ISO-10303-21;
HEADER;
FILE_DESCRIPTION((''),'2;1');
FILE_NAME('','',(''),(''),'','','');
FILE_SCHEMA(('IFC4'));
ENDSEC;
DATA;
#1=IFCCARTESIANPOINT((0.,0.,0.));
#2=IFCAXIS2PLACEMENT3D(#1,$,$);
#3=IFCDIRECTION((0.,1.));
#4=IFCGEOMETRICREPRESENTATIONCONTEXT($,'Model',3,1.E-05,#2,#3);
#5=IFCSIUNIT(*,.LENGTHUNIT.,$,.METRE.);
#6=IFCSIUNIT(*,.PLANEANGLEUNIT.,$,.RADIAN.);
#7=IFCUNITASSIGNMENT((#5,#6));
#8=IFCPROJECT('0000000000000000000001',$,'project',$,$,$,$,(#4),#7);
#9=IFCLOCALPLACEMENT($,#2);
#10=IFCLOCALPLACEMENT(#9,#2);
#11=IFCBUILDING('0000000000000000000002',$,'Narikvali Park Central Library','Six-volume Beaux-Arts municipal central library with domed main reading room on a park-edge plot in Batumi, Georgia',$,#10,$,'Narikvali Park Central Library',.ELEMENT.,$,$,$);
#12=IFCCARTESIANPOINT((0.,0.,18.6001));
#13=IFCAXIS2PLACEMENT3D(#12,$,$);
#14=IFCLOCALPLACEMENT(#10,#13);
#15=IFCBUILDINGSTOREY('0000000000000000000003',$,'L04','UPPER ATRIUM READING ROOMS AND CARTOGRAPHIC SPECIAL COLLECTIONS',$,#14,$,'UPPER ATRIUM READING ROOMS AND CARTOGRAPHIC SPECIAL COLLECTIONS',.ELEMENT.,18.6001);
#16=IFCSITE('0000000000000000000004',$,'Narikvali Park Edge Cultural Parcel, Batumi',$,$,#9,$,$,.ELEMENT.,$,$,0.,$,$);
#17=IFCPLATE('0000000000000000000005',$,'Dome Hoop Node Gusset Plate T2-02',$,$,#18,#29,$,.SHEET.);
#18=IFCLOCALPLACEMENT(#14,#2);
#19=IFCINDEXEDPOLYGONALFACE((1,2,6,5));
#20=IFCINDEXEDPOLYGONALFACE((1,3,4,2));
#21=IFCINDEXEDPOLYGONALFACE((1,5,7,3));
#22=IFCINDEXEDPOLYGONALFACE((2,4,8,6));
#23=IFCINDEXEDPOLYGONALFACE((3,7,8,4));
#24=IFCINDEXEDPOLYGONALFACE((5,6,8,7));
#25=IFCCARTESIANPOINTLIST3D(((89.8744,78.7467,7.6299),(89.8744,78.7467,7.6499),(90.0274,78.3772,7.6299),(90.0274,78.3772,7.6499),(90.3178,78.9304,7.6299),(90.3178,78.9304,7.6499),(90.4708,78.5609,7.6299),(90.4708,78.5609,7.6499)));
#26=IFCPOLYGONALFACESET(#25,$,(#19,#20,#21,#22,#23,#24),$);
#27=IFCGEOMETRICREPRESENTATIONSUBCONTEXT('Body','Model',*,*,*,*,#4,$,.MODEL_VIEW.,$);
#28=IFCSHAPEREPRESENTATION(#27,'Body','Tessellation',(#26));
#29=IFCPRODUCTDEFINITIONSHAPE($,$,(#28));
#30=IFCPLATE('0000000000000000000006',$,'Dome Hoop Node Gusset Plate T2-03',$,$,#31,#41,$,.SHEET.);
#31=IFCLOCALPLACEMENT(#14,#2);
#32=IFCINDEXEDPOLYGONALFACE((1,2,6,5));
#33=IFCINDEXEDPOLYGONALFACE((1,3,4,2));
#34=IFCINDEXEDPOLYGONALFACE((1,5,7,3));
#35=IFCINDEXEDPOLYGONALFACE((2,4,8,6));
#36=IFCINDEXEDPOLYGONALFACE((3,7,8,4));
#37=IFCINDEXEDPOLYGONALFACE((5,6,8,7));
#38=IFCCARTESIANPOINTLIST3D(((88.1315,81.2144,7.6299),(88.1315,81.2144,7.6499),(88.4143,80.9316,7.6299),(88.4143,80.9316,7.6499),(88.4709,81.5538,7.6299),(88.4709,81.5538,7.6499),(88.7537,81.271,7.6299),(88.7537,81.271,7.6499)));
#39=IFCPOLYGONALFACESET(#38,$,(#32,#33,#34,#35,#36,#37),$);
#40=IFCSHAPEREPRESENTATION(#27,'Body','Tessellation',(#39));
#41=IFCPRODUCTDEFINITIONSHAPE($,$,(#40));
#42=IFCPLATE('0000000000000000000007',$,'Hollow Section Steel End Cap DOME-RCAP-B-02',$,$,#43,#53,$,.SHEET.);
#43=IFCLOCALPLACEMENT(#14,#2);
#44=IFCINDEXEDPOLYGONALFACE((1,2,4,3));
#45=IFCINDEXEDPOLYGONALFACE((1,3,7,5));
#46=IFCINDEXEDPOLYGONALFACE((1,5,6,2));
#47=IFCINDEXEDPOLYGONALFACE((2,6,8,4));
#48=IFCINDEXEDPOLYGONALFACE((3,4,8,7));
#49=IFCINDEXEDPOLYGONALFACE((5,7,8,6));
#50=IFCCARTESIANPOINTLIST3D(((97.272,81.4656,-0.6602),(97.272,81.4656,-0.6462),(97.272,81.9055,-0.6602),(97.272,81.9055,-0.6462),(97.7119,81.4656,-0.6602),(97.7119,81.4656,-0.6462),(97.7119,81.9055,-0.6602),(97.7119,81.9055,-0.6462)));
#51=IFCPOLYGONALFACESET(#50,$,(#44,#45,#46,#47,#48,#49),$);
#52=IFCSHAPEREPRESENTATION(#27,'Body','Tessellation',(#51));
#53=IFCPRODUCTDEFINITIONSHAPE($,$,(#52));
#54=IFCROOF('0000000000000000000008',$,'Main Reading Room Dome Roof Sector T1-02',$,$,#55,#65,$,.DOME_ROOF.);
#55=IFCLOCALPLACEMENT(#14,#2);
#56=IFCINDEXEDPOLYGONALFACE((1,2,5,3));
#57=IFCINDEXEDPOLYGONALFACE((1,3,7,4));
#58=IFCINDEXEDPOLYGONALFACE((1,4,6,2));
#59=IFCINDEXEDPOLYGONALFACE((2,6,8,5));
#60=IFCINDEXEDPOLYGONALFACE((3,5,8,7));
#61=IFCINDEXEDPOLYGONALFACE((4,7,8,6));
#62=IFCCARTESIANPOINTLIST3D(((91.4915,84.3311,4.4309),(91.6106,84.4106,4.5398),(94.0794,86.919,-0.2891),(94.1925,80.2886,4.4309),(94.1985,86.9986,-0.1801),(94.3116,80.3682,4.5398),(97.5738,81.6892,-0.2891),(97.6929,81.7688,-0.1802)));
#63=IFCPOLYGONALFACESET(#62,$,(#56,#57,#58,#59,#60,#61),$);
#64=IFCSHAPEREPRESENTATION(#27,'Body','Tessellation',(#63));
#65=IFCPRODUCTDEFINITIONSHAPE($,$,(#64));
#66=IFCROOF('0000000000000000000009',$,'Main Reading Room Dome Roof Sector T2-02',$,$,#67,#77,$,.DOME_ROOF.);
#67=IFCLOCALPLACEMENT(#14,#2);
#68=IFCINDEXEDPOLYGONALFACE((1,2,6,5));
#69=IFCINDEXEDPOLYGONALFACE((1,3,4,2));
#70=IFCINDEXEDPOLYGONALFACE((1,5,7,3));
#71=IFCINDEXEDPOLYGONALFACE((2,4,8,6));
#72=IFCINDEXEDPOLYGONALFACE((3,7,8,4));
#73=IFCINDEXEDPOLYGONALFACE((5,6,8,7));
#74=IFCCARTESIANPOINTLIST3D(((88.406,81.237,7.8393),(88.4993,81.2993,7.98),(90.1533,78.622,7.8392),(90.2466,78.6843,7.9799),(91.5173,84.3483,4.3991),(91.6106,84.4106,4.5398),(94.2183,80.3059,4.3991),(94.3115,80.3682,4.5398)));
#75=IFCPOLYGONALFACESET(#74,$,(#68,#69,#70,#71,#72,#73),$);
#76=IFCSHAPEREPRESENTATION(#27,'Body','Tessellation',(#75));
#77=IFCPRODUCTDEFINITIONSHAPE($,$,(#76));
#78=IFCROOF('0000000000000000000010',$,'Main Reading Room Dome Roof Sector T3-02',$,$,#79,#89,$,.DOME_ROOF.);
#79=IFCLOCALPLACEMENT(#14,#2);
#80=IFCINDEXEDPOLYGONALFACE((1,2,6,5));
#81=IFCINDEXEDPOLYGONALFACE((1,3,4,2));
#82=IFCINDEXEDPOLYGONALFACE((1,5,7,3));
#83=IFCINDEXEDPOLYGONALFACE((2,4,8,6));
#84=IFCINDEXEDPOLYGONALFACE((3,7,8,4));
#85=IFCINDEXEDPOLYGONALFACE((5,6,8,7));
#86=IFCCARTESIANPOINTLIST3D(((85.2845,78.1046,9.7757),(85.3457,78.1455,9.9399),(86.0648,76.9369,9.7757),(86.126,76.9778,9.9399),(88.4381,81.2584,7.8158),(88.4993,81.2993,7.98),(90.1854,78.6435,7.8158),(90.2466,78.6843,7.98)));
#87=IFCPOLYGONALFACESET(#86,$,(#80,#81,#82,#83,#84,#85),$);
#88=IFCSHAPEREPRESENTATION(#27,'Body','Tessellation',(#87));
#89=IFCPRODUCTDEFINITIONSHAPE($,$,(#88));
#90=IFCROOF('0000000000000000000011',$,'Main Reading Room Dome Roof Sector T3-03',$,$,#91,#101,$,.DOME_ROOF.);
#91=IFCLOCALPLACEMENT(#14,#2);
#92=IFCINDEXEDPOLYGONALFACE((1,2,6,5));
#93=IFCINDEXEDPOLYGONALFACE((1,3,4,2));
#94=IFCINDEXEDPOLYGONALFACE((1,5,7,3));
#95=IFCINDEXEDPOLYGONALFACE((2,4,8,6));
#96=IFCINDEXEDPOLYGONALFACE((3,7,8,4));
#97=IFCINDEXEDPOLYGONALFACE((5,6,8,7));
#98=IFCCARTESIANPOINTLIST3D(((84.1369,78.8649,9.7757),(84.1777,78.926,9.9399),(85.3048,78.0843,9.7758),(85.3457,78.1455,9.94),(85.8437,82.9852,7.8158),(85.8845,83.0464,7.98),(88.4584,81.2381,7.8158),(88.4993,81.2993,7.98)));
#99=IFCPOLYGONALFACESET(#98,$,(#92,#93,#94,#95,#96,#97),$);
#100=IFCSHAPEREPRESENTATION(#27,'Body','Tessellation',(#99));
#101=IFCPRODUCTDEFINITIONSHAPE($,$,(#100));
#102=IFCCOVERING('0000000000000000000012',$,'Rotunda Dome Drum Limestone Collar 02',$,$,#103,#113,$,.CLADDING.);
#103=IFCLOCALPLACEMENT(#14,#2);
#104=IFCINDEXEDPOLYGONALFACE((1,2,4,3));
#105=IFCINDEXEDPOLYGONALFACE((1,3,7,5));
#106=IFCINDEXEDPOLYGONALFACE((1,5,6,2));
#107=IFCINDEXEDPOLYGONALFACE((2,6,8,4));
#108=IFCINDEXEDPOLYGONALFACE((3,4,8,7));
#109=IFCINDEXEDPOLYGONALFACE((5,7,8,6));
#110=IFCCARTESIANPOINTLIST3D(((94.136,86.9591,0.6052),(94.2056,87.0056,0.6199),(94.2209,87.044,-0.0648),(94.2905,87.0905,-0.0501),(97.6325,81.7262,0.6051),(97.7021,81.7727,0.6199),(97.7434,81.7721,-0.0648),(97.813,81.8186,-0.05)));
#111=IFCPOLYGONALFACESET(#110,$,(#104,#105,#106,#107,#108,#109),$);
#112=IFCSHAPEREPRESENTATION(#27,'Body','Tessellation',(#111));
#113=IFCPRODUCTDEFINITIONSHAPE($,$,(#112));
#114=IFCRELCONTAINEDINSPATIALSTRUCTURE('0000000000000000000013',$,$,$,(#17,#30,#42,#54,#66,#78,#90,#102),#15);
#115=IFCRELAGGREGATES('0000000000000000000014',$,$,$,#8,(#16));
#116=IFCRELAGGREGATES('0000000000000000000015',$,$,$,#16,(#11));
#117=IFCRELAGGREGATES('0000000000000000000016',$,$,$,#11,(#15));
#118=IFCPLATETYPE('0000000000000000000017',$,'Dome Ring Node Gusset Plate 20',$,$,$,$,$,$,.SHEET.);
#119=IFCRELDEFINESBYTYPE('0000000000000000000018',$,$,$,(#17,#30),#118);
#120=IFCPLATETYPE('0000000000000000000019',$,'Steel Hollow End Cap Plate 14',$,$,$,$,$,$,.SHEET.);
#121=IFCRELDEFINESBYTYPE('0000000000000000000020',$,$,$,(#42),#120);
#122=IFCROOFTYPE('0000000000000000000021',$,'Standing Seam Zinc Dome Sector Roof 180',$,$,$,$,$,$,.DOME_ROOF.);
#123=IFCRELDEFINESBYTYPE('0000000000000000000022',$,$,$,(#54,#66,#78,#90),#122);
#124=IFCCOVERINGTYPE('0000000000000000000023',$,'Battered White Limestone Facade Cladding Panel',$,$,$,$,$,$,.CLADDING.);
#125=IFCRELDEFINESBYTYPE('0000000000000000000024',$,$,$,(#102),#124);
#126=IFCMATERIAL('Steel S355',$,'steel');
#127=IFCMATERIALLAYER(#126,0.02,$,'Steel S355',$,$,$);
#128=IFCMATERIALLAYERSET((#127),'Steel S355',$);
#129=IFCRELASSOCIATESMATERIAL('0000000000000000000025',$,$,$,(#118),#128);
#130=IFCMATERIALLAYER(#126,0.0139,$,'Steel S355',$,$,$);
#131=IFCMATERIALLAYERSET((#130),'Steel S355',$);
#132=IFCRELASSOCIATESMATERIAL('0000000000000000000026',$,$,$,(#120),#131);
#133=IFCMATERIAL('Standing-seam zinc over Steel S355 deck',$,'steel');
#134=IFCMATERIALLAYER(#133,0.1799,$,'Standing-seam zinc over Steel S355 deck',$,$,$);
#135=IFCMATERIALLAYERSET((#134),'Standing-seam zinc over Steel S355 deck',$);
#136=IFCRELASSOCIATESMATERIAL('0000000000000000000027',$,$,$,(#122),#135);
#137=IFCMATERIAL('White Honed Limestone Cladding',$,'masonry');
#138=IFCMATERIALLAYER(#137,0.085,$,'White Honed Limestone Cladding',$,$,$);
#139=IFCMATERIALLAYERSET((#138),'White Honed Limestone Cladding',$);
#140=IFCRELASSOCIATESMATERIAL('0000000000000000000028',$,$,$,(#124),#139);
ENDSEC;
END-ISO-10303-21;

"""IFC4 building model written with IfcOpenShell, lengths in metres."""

from ifc_helpers import new_model, si_unit, direction, frame, origin, origin_2d, place, context, subcontext, project, spatial, polyline, rectangle, outline, extrude, material, layer, layer_set, type_object, element, save


model = new_model("IFC4")

# Units and contexts
model_context = context("Model", 3, precision=1e-05, world=origin(), true_north=direction((0.0, 1.0)))
body_context = subcontext(model_context, "Body", "Model", "MODEL_VIEW")
ifc_project = project(units=[si_unit("LENGTHUNIT", "METRE"), si_unit("PLANEANGLEUNIT", "RADIAN")], contexts=[model_context])

# Site, building, storey
site_placement = place(None, origin())
site = spatial("IfcSite", under=ifc_project, at=site_placement, Name="Narikvali Park Edge Cultural Parcel, Batumi", CompositionType="ELEMENT", RefElevation=0.0)
building_placement = place(site_placement, origin())
building = spatial("IfcBuilding", under=site, at=building_placement, Name="Narikvali Park Central Library", Description="Six-volume Beaux-Arts municipal central library with domed main reading room on a park-edge plot in Batumi, Georgia", LongName="Narikvali Park Central Library", CompositionType="ELEMENT")
storey_placement = place(building_placement, frame((0.0, 0.0, 18.6001)))
storey = spatial("IfcBuildingStorey", under=building, at=storey_placement, Name="L04", Description="UPPER ATRIUM READING ROOMS AND CARTOGRAPHIC SPECIAL COLLECTIONS", LongName="UPPER ATRIUM READING ROOMS AND CARTOGRAPHIC SPECIAL COLLECTIONS", CompositionType="ELEMENT", Elevation=18.6001)

# Shared definitions
ifc_material_1 = material(Name="Steel S355", Category="steel")

# Plates
ifc_layer_1 = layer(ifc_material_1, 0.02, Name="Steel S355")
ifc_layer_set_1 = layer_set([ifc_layer_1], Name="Steel S355")
plate_type_1 = type_object("IfcPlateType", Name="Dome Ring Node Gusset Plate 20", PredefinedType="SHEET", material=ifc_layer_set_1)
for number, where, z_axis, x_axis, name in (
    (1, (90.1726, 78.6538, 7.6299), (0.0, 0.0, 1.0), (0.92388, 0.382683, 0.0), "Dome Hoop Node Gusset Plate T2-02"),
    (2, (88.4426, 81.2427, 7.6299), (0.0, 0.0, 1.0), (0.707107, 0.707107, 0.0), "Dome Hoop Node Gusset Plate T2-03"),
):
    element("IfcPlate", number, at=place(storey_placement, frame(where, z_axis=z_axis, x_axis=x_axis)), inside=storey, type_object=plate_type_1, Name=name, PredefinedType="SHEET", context=body_context, shape_type="SweptSolid", body=[
        extrude(rectangle(XDim=0.48, YDim=0.3999, at=origin_2d()), origin(), (0.0, 0.0, 1.0), 0.02),
    ])
ifc_layer_2 = layer(ifc_material_1, 0.0139, Name="Steel S355")
ifc_layer_set_2 = layer_set([ifc_layer_2], Name="Steel S355")
plate_type_2 = type_object("IfcPlateType", Name="Steel Hollow End Cap Plate 14", PredefinedType="SHEET", material=ifc_layer_set_2)
plate_1_placement = place(storey_placement, frame((97.4919, 81.6855, -0.6602), z_axis=(0.0, 0.0, 1.0), x_axis=(1.0, 0.0, 0.0)))
element("IfcPlate", 3, at=plate_1_placement, inside=storey, type_object=plate_type_2, Name="Hollow Section Steel End Cap DOME-RCAP-B-02", PredefinedType="SHEET", context=body_context, shape_type="SweptSolid", body=[
    extrude(rectangle(XDim=0.4399, YDim=0.4399, at=origin_2d()), origin(), (0.0, 0.0, 1.0), 0.0139),
])

# Roofs
ifc_material_2 = material(Name="Standing-seam zinc over Steel S355 deck", Category="steel")
ifc_layer_3 = layer(ifc_material_2, 0.1799, Name="Standing-seam zinc over Steel S355 deck")
ifc_layer_set_3 = layer_set([ifc_layer_3], Name="Standing-seam zinc over Steel S355 deck")
roof_type = type_object("IfcRoofType", Name="Standing Seam Zinc Dome Sector Roof 180", PredefinedType="DOME_ROOF", material=ifc_layer_set_3)
roof_1_placement = place(storey_placement, frame((97.6929, 81.7688, -0.1802), z_axis=(0.661829, 0.442207, 0.605339), x_axis=(-0.555562, 0.831475, 0.000006)))
element("IfcRoof", 4, at=roof_1_placement, inside=storey, type_object=roof_type, Name="Main Reading Room Dome Roof Sector T1-02", PredefinedType="DOME_ROOF", context=body_context, shape_type="SweptSolid", body=[
    extrude(outline(polyline([(0.0, 0.0), (6.2897, 0.0), (5.5757, 5.9298), (0.714, 5.9299), (0.0, 0.0)])), origin(), (0.0, 0.0, -1.0), 0.1799),
])
roof_2_placement = place(storey_placement, frame((94.3115, 80.3682, 4.5398), z_axis=(0.518301, 0.346307, 0.781944), x_axis=(-0.555551, 0.831483, -0.000007)))
element("IfcRoof", 5, at=roof_2_placement, inside=storey, type_object=roof_type, Name="Main Reading Room Dome Roof Sector T2-02", PredefinedType="DOME_ROOF", context=body_context, shape_type="SweptSolid", body=[
    extrude(outline(polyline([(0.0, 0.0), (4.8618, 0.0), (4.0032, 5.5189), (0.8582, 5.5188), (0.0, 0.0)])), origin(), (0.0, 0.0, -1.0), 0.1799),
])
roof_3_placement = place(storey_placement, frame((90.2466, 78.6843, 7.98), z_axis=(0.339983, 0.227175, 0.91258), x_axis=(-0.555578, 0.831464, -0.000001)))
element("IfcRoof", 6, at=roof_3_placement, inside=storey, type_object=roof_type, Name="Main Reading Room Dome Roof Sector T3-02", PredefinedType="DOME_ROOF", context=body_context, shape_type="SweptSolid", body=[
    extrude(outline(polyline([(0.0, 0.0), (3.145, 0.0), (2.2748, 4.7933), (0.8704, 4.7933), (0.0, 0.0)])), origin(), (0.0, 0.0, -1.0), 0.1799),
])
roof_4_placement = place(storey_placement, frame((88.4993, 81.2993, 7.98), z_axis=(0.227175, 0.339983, 0.91258), x_axis=(-0.831474, 0.555563, 0.000009)))
element("IfcRoof", 7, at=roof_4_placement, inside=storey, type_object=roof_type, Name="Main Reading Room Dome Roof Sector T3-03", PredefinedType="DOME_ROOF", context=body_context, shape_type="SweptSolid", body=[
    extrude(outline(polyline([(0.0, 0.0), (3.1447, 0.0), (2.2747, 4.7932), (0.87, 4.7933), (0.0, 0.0)])), origin(), (0.0, 0.0, -1.0), 0.1799),
])

# Covering
ifc_material_3 = material(Name="White Honed Limestone Cladding", Category="masonry")
ifc_layer_4 = layer(ifc_material_3, 0.085, Name="White Honed Limestone Cladding")
ifc_layer_set_4 = layer_set([ifc_layer_4], Name="White Honed Limestone Cladding")
covering_type = type_object("IfcCoveringType", Name="Battered White Limestone Facade Cladding Panel", PredefinedType="CLADDING", material=ifc_layer_set_4)
covering_placement = place(storey_placement, frame((97.813, 81.8186, -0.05), z_axis=(0.818919, 0.547177, 0.173116), x_axis=(-0.555565, 0.831473, -0.000002)))
element("IfcCovering", 8, at=covering_placement, inside=storey, type_object=covering_type, Name="Rotunda Dome Drum Limestone Collar 02", PredefinedType="CLADDING", context=body_context, shape_type="SweptSolid", body=[
    extrude(outline(polyline([(0.0, 0.0), (6.3405, 0.0), (6.317, 0.6802), (0.0234, 0.6802), (0.0, 0.0)])), origin(), (0.0, 0.0, -1.0), 0.085),
])

save(model, "model.ifc")
